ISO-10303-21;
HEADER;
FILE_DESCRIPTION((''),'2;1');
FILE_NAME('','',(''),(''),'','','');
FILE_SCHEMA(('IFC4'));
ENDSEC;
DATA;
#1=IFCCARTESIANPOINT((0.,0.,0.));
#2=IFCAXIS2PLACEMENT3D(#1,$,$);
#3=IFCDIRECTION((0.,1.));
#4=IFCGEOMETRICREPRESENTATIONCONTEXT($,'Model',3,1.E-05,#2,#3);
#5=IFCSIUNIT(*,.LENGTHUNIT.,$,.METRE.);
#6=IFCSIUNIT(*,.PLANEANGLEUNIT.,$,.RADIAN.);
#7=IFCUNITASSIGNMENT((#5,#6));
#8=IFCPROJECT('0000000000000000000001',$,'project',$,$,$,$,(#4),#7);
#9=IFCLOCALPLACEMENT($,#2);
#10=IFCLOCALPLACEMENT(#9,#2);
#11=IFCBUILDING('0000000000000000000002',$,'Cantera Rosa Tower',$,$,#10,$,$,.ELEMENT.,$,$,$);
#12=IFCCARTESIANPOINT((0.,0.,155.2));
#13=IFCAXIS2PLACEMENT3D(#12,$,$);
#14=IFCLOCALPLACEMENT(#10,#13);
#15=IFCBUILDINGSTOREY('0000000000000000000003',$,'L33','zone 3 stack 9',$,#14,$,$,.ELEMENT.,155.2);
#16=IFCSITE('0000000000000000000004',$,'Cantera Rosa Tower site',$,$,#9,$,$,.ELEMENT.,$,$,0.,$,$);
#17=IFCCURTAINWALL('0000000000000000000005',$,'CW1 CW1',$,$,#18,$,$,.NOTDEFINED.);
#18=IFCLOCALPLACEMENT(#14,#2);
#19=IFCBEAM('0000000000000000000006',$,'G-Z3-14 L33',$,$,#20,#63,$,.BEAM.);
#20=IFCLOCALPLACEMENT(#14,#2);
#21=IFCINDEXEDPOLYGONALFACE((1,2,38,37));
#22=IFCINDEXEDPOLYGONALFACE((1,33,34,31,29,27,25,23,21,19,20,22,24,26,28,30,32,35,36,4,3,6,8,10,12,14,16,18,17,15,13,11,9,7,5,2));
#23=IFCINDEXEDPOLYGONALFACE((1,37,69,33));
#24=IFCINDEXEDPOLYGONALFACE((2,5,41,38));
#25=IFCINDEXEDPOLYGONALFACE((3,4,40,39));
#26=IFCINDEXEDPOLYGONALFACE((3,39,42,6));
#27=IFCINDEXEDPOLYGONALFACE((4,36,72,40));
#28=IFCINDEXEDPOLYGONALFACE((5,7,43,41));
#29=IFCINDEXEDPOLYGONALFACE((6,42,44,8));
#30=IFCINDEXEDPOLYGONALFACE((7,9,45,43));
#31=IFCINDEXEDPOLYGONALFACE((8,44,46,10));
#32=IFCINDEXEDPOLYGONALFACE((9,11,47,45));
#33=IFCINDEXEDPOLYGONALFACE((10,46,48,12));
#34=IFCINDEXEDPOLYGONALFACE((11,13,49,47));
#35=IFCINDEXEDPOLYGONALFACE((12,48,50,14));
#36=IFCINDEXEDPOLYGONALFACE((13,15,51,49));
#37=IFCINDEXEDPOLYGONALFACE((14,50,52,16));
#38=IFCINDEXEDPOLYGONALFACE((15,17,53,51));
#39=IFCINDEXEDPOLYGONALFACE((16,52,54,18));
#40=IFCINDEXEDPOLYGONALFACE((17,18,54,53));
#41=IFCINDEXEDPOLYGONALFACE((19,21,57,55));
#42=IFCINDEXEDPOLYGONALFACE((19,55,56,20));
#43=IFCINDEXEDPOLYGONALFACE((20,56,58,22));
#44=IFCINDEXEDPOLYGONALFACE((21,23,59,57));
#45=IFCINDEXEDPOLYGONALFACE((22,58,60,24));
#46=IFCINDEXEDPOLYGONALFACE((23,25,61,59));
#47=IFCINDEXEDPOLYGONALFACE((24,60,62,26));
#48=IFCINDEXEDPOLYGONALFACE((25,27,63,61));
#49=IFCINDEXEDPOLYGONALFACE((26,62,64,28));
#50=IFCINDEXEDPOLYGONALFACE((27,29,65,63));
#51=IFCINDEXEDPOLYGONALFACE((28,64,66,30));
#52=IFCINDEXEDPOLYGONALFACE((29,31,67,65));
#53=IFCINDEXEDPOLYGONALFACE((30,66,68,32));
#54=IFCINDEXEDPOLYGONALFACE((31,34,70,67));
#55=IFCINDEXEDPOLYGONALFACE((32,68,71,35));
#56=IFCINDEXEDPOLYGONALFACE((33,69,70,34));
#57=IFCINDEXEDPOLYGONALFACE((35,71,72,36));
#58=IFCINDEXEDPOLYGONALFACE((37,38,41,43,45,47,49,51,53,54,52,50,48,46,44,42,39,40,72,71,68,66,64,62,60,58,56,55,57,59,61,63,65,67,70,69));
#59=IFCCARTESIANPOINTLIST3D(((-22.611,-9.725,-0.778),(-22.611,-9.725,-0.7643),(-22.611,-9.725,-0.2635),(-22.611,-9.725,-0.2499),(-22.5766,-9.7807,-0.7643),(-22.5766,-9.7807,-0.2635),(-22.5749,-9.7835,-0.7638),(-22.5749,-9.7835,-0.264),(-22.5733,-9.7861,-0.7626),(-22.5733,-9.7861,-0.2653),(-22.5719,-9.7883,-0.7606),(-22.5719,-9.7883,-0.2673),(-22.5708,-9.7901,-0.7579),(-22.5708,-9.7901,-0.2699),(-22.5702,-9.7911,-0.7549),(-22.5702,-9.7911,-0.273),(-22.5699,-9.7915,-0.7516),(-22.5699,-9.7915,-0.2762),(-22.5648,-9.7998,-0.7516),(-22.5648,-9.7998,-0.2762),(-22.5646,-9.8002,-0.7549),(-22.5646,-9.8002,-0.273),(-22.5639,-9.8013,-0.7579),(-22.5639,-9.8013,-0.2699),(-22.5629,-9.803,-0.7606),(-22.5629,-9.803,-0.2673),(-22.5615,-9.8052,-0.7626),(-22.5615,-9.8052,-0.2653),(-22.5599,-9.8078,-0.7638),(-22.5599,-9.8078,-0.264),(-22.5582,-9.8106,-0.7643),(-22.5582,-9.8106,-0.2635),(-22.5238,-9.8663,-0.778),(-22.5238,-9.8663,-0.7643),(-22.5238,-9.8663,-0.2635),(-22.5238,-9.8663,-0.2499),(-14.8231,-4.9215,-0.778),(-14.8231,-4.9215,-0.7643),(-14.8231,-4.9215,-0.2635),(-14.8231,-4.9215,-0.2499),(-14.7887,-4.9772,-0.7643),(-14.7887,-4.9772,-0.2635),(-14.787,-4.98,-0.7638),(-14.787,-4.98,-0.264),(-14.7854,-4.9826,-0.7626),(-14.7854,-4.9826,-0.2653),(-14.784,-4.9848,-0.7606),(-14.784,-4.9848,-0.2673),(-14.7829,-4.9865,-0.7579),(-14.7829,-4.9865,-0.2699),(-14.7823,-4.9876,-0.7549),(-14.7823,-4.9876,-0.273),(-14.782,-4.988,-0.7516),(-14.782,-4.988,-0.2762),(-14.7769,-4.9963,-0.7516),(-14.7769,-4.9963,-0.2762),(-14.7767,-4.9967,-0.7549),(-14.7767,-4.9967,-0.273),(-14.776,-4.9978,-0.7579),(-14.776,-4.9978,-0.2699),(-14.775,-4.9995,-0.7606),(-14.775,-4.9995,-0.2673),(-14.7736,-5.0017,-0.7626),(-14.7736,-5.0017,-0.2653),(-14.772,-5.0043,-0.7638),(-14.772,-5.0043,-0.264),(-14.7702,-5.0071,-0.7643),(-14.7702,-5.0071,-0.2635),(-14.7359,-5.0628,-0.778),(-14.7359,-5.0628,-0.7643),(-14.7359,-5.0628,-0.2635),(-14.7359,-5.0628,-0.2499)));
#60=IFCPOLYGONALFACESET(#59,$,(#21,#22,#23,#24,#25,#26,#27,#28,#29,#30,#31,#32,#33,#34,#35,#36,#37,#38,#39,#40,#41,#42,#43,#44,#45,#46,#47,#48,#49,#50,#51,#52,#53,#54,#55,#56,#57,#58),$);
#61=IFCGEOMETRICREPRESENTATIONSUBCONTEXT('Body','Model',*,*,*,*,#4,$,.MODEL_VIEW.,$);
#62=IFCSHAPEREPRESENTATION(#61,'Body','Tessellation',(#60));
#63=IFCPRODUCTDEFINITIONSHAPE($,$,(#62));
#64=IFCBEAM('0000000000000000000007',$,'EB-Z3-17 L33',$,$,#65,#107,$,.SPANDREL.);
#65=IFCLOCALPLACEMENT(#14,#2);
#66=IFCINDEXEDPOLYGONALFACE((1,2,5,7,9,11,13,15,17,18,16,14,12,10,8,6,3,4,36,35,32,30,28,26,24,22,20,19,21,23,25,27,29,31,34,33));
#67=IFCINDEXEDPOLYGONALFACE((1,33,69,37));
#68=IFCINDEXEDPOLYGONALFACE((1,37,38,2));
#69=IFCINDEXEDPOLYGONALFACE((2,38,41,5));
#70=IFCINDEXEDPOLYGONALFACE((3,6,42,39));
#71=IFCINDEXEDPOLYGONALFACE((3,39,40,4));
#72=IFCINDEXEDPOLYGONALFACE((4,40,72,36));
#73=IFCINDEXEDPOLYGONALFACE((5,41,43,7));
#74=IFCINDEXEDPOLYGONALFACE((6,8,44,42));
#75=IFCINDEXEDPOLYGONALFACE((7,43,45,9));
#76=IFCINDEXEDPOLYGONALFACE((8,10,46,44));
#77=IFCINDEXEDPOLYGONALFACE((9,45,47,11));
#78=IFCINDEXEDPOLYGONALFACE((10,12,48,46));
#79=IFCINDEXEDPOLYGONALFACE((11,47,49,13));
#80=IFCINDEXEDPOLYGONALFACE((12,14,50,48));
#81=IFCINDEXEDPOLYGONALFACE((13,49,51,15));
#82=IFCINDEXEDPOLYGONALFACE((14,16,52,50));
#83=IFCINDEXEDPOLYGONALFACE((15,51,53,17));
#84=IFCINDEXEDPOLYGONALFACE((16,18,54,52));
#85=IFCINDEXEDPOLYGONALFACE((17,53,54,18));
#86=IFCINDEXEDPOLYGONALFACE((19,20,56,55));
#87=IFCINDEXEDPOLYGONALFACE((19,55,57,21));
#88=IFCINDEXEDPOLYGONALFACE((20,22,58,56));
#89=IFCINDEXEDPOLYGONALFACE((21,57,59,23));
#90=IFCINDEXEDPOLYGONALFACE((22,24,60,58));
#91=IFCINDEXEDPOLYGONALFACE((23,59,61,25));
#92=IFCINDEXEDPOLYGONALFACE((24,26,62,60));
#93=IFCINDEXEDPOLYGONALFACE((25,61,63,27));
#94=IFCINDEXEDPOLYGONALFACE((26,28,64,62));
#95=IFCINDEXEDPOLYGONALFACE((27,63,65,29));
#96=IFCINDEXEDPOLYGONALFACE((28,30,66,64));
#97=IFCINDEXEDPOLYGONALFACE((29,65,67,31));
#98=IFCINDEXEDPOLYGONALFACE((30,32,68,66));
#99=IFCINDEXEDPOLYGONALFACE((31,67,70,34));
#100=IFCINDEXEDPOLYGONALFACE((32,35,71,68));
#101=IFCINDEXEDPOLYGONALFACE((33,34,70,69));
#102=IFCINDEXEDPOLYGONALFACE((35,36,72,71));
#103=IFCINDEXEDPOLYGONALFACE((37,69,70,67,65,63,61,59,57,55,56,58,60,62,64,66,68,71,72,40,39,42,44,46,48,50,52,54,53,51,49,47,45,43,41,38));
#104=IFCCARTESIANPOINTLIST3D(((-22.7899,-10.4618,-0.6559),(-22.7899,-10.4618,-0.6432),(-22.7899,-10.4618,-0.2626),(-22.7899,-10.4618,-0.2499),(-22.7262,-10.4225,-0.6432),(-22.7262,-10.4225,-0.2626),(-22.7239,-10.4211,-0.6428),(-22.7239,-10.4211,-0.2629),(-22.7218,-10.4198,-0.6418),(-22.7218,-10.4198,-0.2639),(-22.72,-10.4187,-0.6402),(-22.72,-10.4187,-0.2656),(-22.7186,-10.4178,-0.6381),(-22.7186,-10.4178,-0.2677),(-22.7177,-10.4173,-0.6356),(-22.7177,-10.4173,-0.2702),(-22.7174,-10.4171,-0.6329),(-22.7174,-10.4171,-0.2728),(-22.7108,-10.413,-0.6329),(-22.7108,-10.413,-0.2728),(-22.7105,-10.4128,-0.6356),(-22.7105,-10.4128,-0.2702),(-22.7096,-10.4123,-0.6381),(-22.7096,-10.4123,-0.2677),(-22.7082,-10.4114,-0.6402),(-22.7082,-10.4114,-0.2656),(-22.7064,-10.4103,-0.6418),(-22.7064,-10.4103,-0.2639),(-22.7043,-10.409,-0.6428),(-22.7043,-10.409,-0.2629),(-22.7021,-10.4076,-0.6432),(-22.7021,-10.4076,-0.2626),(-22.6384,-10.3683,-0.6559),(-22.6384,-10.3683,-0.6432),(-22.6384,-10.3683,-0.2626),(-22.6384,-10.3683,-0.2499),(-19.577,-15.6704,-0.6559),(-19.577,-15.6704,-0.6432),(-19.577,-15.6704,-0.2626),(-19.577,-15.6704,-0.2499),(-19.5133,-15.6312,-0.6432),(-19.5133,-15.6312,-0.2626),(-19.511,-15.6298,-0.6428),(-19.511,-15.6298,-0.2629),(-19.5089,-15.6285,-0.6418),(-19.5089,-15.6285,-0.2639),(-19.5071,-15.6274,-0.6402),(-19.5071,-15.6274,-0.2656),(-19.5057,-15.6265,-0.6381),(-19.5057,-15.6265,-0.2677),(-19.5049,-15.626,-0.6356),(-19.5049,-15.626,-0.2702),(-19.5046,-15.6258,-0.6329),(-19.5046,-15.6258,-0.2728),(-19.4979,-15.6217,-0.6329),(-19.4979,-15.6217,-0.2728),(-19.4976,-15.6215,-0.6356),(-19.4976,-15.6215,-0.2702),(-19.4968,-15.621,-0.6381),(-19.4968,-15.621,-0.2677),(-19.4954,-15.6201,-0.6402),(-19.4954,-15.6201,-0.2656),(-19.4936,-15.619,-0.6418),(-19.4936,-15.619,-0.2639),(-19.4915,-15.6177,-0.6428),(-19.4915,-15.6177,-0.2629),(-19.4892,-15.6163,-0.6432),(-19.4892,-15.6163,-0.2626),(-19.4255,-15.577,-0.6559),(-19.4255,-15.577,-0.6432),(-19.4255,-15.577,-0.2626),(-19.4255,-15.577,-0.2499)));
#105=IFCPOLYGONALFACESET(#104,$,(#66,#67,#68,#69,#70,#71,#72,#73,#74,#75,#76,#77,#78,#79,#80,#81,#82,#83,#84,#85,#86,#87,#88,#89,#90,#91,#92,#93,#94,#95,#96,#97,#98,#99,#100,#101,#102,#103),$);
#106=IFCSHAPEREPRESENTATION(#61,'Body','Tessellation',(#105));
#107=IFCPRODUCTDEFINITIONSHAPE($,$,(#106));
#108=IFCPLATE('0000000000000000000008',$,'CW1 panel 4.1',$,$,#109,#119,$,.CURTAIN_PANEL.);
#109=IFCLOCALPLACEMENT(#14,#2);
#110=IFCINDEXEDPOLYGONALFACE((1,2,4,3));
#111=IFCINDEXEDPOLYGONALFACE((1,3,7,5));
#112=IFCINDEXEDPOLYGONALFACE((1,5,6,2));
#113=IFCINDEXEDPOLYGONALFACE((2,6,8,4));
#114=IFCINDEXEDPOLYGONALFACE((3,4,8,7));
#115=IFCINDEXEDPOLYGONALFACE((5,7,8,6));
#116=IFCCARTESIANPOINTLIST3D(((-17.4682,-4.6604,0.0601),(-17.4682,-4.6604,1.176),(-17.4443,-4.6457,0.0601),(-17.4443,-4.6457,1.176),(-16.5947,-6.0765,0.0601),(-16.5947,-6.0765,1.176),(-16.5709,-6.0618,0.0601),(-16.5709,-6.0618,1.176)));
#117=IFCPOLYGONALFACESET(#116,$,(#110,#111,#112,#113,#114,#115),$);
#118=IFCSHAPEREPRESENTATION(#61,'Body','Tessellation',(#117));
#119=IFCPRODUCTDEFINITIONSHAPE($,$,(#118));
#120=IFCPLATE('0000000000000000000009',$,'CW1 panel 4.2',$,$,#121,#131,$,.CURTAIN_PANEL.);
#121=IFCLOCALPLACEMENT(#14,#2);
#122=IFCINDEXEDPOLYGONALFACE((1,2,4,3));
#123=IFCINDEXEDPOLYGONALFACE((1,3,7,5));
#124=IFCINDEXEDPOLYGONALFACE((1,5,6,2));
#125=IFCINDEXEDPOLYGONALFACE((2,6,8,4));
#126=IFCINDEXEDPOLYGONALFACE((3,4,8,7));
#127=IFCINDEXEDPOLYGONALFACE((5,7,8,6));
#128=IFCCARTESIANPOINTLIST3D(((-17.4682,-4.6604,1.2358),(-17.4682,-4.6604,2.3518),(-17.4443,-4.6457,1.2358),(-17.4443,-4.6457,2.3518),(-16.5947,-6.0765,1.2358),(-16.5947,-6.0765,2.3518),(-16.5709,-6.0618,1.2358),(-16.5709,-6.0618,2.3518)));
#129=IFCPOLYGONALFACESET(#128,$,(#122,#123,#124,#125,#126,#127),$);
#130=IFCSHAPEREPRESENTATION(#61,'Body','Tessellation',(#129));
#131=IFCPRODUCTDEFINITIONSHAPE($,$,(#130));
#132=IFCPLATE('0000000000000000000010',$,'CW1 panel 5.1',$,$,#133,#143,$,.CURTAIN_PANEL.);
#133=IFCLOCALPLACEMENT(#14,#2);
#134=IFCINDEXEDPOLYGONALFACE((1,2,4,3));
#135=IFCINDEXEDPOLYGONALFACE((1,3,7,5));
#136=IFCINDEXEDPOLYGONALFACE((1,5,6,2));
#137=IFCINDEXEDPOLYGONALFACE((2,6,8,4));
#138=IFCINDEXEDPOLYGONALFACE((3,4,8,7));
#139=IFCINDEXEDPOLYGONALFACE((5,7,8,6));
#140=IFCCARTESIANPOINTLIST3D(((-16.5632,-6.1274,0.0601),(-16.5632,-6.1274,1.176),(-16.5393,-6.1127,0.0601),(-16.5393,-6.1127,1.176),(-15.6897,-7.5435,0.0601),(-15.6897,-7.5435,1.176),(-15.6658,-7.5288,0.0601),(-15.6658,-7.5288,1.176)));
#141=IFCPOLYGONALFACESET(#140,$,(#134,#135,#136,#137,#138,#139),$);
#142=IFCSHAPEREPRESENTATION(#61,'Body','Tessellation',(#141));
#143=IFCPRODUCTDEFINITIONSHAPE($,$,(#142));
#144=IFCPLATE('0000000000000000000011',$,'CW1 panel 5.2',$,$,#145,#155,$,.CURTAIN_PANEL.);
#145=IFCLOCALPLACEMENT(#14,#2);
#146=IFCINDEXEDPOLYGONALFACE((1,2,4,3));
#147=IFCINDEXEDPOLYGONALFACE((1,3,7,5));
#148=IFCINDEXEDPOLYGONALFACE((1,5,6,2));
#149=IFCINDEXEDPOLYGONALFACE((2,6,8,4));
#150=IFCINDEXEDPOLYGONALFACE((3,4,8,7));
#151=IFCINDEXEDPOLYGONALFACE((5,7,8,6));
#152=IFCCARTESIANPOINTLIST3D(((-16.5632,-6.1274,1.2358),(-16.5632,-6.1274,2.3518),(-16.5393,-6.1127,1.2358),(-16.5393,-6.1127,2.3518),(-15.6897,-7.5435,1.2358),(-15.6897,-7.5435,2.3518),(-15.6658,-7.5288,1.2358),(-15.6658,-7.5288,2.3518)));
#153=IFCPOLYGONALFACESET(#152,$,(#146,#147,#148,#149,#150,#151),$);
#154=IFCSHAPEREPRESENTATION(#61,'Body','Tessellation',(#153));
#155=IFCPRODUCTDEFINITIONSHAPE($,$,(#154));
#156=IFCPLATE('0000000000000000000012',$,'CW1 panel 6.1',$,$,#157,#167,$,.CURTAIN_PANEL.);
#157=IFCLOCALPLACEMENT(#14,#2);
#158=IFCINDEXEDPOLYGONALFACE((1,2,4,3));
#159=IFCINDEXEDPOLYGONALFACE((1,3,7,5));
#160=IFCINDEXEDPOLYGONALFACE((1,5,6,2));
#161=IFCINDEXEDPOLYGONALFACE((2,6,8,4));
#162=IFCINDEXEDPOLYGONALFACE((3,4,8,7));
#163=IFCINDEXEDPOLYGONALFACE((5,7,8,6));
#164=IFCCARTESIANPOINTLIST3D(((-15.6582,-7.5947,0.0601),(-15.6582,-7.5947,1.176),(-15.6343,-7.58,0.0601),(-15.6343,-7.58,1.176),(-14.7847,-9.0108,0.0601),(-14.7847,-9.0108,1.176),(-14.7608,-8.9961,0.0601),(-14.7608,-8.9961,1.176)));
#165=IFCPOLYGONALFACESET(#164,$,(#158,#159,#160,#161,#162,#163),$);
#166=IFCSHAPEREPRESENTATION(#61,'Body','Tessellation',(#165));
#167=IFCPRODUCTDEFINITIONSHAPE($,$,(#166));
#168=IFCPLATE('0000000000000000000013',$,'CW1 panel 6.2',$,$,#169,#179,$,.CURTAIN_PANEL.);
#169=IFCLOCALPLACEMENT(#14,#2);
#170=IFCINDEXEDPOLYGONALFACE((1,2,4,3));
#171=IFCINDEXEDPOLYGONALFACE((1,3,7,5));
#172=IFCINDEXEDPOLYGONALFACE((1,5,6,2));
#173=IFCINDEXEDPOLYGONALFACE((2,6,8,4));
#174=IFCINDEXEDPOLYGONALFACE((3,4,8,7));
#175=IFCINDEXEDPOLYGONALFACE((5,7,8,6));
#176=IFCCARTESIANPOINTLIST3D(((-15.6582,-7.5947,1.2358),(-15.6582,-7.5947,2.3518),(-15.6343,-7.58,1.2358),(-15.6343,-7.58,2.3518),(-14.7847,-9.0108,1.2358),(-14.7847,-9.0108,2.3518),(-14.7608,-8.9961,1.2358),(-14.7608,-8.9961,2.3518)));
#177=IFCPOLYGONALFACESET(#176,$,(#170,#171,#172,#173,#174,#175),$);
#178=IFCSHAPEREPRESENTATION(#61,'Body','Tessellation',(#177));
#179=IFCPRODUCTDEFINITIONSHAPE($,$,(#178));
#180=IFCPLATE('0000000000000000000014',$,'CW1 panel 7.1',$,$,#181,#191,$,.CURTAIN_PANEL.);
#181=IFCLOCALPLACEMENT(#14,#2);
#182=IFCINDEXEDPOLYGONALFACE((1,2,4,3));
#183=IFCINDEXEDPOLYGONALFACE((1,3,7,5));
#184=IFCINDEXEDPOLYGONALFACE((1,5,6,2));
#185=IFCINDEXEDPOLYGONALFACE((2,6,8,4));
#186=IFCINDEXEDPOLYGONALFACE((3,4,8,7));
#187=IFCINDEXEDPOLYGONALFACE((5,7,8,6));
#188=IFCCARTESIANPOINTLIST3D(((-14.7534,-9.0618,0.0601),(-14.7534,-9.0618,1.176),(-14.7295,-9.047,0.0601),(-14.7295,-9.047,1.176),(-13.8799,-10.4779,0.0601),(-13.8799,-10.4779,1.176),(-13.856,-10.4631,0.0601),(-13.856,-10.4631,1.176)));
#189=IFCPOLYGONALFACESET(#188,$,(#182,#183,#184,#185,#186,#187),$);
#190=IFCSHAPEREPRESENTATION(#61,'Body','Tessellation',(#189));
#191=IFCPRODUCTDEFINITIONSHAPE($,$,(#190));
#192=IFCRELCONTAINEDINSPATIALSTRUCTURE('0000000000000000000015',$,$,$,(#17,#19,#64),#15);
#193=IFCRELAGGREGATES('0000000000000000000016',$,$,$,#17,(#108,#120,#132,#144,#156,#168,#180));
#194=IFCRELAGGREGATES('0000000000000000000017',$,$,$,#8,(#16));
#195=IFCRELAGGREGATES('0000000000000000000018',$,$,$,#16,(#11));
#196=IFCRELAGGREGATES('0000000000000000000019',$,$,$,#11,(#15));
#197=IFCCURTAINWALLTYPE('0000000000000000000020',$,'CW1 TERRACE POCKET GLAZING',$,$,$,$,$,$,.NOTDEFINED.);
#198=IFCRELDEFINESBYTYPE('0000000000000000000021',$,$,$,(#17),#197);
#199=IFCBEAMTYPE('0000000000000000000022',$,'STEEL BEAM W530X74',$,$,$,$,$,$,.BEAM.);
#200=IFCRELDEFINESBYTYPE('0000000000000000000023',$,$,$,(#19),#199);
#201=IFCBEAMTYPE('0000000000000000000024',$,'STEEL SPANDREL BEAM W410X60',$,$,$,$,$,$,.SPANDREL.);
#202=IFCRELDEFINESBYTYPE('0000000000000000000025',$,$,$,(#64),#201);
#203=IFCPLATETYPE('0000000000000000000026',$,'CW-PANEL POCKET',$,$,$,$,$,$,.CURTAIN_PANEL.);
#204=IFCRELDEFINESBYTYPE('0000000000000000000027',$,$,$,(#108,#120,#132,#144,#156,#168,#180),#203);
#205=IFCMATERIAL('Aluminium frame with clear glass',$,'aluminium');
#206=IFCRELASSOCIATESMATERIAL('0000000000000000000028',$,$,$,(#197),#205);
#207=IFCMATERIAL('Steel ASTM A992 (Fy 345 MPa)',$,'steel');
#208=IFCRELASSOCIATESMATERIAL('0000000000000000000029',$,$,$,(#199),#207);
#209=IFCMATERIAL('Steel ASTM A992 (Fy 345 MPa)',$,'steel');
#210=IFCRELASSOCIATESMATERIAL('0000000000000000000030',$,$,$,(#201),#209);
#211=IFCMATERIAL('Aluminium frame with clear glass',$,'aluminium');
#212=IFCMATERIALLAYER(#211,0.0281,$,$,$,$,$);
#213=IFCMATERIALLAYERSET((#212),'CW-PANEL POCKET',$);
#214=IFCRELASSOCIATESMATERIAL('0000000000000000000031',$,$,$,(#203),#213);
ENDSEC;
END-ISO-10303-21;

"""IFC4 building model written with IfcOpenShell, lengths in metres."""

from ifc_helpers import new_model, si_unit, direction, frame, origin, origin_2d, place, context, subcontext, project, spatial, rectangle, i_section, extrude, material, layer, layer_set, material_profile, profile_set, type_object, element, aggregate, save


model = new_model("IFC4")

# Units and contexts
model_context = context("Model", 3, precision=1e-05, world=origin(), true_north=direction((0.0, 1.0)))
body_context = subcontext(model_context, "Body", "Model", "MODEL_VIEW")
ifc_project = project(units=[si_unit("LENGTHUNIT", "METRE"), si_unit("PLANEANGLEUNIT", "RADIAN")], contexts=[model_context])

# Site, building, storey
site_placement = place(None, origin())
site = spatial("IfcSite", under=ifc_project, at=site_placement, Name="Cantera Rosa Tower site", CompositionType="ELEMENT", RefElevation=0.0)
building_placement = place(site_placement, origin())
building = spatial("IfcBuilding", under=site, at=building_placement, Name="Cantera Rosa Tower", CompositionType="ELEMENT")
storey_placement = place(building_placement, frame((0.0, 0.0, 155.2)))
storey = spatial("IfcBuildingStorey", under=building, at=storey_placement, Name="L33", Description="zone 3 stack 9", CompositionType="ELEMENT", Elevation=155.2)

# Curtain wall
ifc_material_1 = material(Name="Aluminium frame with clear glass", Category="aluminium")
curtain_wall_type = type_object("IfcCurtainWallType", Name="CW1 TERRACE POCKET GLAZING", PredefinedType="NOTDEFINED", material=ifc_material_1)
curtain_wall_placement = place(storey_placement, origin())
curtain_wall = element("IfcCurtainWall", 1, at=curtain_wall_placement, inside=storey, type_object=curtain_wall_type, Name="CW1 CW1", PredefinedType="NOTDEFINED")

# Beams
ifc_material_2 = material(Name="Steel ASTM A992 (Fy 345 MPa)", Category="steel")
ifc_material_profile_1 = material_profile(ifc_material_2, i_section(OverallWidth=0.166, OverallDepth=0.5281, WebThickness=0.0098, FlangeThickness=0.0137, FilletRadius=0.0127, at=origin_2d()), Name="W530X74")
ifc_profile_set_1 = profile_set([ifc_material_profile_1], Name="Steel ASTM A992 (Fy 345 MPa)")
beam_type_1 = type_object("IfcBeamType", Name="STEEL BEAM W530X74", PredefinedType="BEAM", material=ifc_profile_set_1)
beam_1_placement = place(storey_placement, frame((-22.5674, -9.7957, -0.5139), z_axis=(0.851124, 0.524965, 0.0), x_axis=(-0.524965, 0.851124, 0.0)))
element("IfcBeam", 2, at=beam_1_placement, inside=storey, type_object=beam_type_1, Name="G-Z3-14 L33", PredefinedType="BEAM", context=body_context, shape_type="SweptSolid", body=[
    extrude(i_section(OverallWidth=0.166, OverallDepth=0.5281, WebThickness=0.0098, FlangeThickness=0.0137, FilletRadius=0.0127, at=origin_2d()), origin(), (0.0, 0.0, 1.0), 9.1501),
])
ifc_material_3 = material(Name="Steel ASTM A992 (Fy 345 MPa)", Category="steel")
ifc_material_profile_2 = material_profile(ifc_material_3, i_section(OverallWidth=0.178, OverallDepth=0.406, WebThickness=0.0078, FlangeThickness=0.0127, FilletRadius=0.0103, at=origin_2d()), Name="W410X60")
ifc_profile_set_2 = profile_set([ifc_material_profile_2], Name="Steel ASTM A992 (Fy 345 MPa)")
beam_type_2 = type_object("IfcBeamType", Name="STEEL SPANDREL BEAM W410X60", PredefinedType="SPANDREL", material=ifc_profile_set_2)
beam_2_placement = place(storey_placement, frame((-22.7141, -10.415, -0.4529), z_axis=(0.524987, -0.85111, 0.0), x_axis=(0.85111, 0.524987, 0.0)))
element("IfcBeam", 3, at=beam_2_placement, inside=storey, type_object=beam_type_2, Name="EB-Z3-17 L33", PredefinedType="SPANDREL", context=body_context, shape_type="SweptSolid", body=[
    extrude(i_section(OverallWidth=0.178, OverallDepth=0.406, WebThickness=0.0078, FlangeThickness=0.0127, FilletRadius=0.0103, at=origin_2d()), origin(), (0.0, 0.0, 1.0), 6.1199),
])

# Plates
ifc_material_4 = material(Name="Aluminium frame with clear glass", Category="aluminium")
ifc_layer_1 = layer(ifc_material_4, 0.0281)
ifc_layer_set_1 = layer_set([ifc_layer_1], Name="CW-PANEL POCKET")
plate_type = type_object("IfcPlateType", Name="CW-PANEL POCKET", PredefinedType="CURTAIN_PANEL", material=ifc_layer_set_1)
plate_1_placement = place(storey_placement, frame((-17.0195, -5.3611, 0.0601), z_axis=(0.0, 0.0, 1.0), x_axis=(0.524977, -0.851117, 0.0)))
plate_1 = element("IfcPlate", 4, at=plate_1_placement, type_object=plate_type, Name="CW1 panel 4.1", PredefinedType="CURTAIN_PANEL", context=body_context, shape_type="SweptSolid", body=[
    extrude(rectangle(XDim=1.6638, YDim=0.0281, at=origin_2d()), origin(), (0.0, 0.0, 1.0), 1.116),
])
plate_2_placement = place(storey_placement, frame((-17.0195, -5.3611, 1.2358), z_axis=(0.0, 0.0, 1.0), x_axis=(0.524977, -0.851117, 0.0)))
plate_2 = element("IfcPlate", 5, at=plate_2_placement, type_object=plate_type, Name="CW1 panel 4.2", PredefinedType="CURTAIN_PANEL", context=body_context, shape_type="SweptSolid", body=[
    extrude(rectangle(XDim=1.6638, YDim=0.0281, at=origin_2d()), origin(), (0.0, 0.0, 1.0), 1.116),
])
plate_3_placement = place(storey_placement, frame((-16.1145, -6.8281, 0.0601), z_axis=(0.0, 0.0, 1.0), x_axis=(0.524977, -0.851117, 0.0)))
plate_3 = element("IfcPlate", 6, at=plate_3_placement, type_object=plate_type, Name="CW1 panel 5.1", PredefinedType="CURTAIN_PANEL", context=body_context, shape_type="SweptSolid", body=[
    extrude(rectangle(XDim=1.6638, YDim=0.0281, at=origin_2d()), origin(), (0.0, 0.0, 1.0), 1.116),
])
plate_4_placement = place(storey_placement, frame((-16.1145, -6.8281, 1.2358), z_axis=(0.0, 0.0, 1.0), x_axis=(0.524977, -0.851117, 0.0)))
plate_4 = element("IfcPlate", 7, at=plate_4_placement, type_object=plate_type, Name="CW1 panel 5.2", PredefinedType="CURTAIN_PANEL", context=body_context, shape_type="SweptSolid", body=[
    extrude(rectangle(XDim=1.6638, YDim=0.0281, at=origin_2d()), origin(), (0.0, 0.0, 1.0), 1.116),
])
plate_5_placement = place(storey_placement, frame((-15.2095, -8.2954, 0.0601), z_axis=(0.0, 0.0, 1.0), x_axis=(0.524977, -0.851117, 0.0)))
plate_5 = element("IfcPlate", 8, at=plate_5_placement, type_object=plate_type, Name="CW1 panel 6.1", PredefinedType="CURTAIN_PANEL", context=body_context, shape_type="SweptSolid", body=[
    extrude(rectangle(XDim=1.6638, YDim=0.0281, at=origin_2d()), origin(), (0.0, 0.0, 1.0), 1.116),
])
plate_6_placement = place(storey_placement, frame((-15.2095, -8.2954, 1.2358), z_axis=(0.0, 0.0, 1.0), x_axis=(0.524977, -0.851117, 0.0)))
plate_6 = element("IfcPlate", 9, at=plate_6_placement, type_object=plate_type, Name="CW1 panel 6.2", PredefinedType="CURTAIN_PANEL", context=body_context, shape_type="SweptSolid", body=[
    extrude(rectangle(XDim=1.6638, YDim=0.0281, at=origin_2d()), origin(), (0.0, 0.0, 1.0), 1.116),
])
plate_7_placement = place(storey_placement, frame((-14.3047, -9.7625, 0.0601), z_axis=(0.0, 0.0, 1.0), x_axis=(0.524977, -0.851117, 0.0)))
plate_7 = element("IfcPlate", 10, at=plate_7_placement, type_object=plate_type, Name="CW1 panel 7.1", PredefinedType="CURTAIN_PANEL", context=body_context, shape_type="SweptSolid", body=[
    extrude(rectangle(XDim=1.6638, YDim=0.0281, at=origin_2d()), origin(), (0.0, 0.0, 1.0), 1.116),
])
aggregate(curtain_wall, [plate_1, plate_2, plate_3, plate_4, plate_5, plate_6, plate_7])

save(model, "model.ifc")
